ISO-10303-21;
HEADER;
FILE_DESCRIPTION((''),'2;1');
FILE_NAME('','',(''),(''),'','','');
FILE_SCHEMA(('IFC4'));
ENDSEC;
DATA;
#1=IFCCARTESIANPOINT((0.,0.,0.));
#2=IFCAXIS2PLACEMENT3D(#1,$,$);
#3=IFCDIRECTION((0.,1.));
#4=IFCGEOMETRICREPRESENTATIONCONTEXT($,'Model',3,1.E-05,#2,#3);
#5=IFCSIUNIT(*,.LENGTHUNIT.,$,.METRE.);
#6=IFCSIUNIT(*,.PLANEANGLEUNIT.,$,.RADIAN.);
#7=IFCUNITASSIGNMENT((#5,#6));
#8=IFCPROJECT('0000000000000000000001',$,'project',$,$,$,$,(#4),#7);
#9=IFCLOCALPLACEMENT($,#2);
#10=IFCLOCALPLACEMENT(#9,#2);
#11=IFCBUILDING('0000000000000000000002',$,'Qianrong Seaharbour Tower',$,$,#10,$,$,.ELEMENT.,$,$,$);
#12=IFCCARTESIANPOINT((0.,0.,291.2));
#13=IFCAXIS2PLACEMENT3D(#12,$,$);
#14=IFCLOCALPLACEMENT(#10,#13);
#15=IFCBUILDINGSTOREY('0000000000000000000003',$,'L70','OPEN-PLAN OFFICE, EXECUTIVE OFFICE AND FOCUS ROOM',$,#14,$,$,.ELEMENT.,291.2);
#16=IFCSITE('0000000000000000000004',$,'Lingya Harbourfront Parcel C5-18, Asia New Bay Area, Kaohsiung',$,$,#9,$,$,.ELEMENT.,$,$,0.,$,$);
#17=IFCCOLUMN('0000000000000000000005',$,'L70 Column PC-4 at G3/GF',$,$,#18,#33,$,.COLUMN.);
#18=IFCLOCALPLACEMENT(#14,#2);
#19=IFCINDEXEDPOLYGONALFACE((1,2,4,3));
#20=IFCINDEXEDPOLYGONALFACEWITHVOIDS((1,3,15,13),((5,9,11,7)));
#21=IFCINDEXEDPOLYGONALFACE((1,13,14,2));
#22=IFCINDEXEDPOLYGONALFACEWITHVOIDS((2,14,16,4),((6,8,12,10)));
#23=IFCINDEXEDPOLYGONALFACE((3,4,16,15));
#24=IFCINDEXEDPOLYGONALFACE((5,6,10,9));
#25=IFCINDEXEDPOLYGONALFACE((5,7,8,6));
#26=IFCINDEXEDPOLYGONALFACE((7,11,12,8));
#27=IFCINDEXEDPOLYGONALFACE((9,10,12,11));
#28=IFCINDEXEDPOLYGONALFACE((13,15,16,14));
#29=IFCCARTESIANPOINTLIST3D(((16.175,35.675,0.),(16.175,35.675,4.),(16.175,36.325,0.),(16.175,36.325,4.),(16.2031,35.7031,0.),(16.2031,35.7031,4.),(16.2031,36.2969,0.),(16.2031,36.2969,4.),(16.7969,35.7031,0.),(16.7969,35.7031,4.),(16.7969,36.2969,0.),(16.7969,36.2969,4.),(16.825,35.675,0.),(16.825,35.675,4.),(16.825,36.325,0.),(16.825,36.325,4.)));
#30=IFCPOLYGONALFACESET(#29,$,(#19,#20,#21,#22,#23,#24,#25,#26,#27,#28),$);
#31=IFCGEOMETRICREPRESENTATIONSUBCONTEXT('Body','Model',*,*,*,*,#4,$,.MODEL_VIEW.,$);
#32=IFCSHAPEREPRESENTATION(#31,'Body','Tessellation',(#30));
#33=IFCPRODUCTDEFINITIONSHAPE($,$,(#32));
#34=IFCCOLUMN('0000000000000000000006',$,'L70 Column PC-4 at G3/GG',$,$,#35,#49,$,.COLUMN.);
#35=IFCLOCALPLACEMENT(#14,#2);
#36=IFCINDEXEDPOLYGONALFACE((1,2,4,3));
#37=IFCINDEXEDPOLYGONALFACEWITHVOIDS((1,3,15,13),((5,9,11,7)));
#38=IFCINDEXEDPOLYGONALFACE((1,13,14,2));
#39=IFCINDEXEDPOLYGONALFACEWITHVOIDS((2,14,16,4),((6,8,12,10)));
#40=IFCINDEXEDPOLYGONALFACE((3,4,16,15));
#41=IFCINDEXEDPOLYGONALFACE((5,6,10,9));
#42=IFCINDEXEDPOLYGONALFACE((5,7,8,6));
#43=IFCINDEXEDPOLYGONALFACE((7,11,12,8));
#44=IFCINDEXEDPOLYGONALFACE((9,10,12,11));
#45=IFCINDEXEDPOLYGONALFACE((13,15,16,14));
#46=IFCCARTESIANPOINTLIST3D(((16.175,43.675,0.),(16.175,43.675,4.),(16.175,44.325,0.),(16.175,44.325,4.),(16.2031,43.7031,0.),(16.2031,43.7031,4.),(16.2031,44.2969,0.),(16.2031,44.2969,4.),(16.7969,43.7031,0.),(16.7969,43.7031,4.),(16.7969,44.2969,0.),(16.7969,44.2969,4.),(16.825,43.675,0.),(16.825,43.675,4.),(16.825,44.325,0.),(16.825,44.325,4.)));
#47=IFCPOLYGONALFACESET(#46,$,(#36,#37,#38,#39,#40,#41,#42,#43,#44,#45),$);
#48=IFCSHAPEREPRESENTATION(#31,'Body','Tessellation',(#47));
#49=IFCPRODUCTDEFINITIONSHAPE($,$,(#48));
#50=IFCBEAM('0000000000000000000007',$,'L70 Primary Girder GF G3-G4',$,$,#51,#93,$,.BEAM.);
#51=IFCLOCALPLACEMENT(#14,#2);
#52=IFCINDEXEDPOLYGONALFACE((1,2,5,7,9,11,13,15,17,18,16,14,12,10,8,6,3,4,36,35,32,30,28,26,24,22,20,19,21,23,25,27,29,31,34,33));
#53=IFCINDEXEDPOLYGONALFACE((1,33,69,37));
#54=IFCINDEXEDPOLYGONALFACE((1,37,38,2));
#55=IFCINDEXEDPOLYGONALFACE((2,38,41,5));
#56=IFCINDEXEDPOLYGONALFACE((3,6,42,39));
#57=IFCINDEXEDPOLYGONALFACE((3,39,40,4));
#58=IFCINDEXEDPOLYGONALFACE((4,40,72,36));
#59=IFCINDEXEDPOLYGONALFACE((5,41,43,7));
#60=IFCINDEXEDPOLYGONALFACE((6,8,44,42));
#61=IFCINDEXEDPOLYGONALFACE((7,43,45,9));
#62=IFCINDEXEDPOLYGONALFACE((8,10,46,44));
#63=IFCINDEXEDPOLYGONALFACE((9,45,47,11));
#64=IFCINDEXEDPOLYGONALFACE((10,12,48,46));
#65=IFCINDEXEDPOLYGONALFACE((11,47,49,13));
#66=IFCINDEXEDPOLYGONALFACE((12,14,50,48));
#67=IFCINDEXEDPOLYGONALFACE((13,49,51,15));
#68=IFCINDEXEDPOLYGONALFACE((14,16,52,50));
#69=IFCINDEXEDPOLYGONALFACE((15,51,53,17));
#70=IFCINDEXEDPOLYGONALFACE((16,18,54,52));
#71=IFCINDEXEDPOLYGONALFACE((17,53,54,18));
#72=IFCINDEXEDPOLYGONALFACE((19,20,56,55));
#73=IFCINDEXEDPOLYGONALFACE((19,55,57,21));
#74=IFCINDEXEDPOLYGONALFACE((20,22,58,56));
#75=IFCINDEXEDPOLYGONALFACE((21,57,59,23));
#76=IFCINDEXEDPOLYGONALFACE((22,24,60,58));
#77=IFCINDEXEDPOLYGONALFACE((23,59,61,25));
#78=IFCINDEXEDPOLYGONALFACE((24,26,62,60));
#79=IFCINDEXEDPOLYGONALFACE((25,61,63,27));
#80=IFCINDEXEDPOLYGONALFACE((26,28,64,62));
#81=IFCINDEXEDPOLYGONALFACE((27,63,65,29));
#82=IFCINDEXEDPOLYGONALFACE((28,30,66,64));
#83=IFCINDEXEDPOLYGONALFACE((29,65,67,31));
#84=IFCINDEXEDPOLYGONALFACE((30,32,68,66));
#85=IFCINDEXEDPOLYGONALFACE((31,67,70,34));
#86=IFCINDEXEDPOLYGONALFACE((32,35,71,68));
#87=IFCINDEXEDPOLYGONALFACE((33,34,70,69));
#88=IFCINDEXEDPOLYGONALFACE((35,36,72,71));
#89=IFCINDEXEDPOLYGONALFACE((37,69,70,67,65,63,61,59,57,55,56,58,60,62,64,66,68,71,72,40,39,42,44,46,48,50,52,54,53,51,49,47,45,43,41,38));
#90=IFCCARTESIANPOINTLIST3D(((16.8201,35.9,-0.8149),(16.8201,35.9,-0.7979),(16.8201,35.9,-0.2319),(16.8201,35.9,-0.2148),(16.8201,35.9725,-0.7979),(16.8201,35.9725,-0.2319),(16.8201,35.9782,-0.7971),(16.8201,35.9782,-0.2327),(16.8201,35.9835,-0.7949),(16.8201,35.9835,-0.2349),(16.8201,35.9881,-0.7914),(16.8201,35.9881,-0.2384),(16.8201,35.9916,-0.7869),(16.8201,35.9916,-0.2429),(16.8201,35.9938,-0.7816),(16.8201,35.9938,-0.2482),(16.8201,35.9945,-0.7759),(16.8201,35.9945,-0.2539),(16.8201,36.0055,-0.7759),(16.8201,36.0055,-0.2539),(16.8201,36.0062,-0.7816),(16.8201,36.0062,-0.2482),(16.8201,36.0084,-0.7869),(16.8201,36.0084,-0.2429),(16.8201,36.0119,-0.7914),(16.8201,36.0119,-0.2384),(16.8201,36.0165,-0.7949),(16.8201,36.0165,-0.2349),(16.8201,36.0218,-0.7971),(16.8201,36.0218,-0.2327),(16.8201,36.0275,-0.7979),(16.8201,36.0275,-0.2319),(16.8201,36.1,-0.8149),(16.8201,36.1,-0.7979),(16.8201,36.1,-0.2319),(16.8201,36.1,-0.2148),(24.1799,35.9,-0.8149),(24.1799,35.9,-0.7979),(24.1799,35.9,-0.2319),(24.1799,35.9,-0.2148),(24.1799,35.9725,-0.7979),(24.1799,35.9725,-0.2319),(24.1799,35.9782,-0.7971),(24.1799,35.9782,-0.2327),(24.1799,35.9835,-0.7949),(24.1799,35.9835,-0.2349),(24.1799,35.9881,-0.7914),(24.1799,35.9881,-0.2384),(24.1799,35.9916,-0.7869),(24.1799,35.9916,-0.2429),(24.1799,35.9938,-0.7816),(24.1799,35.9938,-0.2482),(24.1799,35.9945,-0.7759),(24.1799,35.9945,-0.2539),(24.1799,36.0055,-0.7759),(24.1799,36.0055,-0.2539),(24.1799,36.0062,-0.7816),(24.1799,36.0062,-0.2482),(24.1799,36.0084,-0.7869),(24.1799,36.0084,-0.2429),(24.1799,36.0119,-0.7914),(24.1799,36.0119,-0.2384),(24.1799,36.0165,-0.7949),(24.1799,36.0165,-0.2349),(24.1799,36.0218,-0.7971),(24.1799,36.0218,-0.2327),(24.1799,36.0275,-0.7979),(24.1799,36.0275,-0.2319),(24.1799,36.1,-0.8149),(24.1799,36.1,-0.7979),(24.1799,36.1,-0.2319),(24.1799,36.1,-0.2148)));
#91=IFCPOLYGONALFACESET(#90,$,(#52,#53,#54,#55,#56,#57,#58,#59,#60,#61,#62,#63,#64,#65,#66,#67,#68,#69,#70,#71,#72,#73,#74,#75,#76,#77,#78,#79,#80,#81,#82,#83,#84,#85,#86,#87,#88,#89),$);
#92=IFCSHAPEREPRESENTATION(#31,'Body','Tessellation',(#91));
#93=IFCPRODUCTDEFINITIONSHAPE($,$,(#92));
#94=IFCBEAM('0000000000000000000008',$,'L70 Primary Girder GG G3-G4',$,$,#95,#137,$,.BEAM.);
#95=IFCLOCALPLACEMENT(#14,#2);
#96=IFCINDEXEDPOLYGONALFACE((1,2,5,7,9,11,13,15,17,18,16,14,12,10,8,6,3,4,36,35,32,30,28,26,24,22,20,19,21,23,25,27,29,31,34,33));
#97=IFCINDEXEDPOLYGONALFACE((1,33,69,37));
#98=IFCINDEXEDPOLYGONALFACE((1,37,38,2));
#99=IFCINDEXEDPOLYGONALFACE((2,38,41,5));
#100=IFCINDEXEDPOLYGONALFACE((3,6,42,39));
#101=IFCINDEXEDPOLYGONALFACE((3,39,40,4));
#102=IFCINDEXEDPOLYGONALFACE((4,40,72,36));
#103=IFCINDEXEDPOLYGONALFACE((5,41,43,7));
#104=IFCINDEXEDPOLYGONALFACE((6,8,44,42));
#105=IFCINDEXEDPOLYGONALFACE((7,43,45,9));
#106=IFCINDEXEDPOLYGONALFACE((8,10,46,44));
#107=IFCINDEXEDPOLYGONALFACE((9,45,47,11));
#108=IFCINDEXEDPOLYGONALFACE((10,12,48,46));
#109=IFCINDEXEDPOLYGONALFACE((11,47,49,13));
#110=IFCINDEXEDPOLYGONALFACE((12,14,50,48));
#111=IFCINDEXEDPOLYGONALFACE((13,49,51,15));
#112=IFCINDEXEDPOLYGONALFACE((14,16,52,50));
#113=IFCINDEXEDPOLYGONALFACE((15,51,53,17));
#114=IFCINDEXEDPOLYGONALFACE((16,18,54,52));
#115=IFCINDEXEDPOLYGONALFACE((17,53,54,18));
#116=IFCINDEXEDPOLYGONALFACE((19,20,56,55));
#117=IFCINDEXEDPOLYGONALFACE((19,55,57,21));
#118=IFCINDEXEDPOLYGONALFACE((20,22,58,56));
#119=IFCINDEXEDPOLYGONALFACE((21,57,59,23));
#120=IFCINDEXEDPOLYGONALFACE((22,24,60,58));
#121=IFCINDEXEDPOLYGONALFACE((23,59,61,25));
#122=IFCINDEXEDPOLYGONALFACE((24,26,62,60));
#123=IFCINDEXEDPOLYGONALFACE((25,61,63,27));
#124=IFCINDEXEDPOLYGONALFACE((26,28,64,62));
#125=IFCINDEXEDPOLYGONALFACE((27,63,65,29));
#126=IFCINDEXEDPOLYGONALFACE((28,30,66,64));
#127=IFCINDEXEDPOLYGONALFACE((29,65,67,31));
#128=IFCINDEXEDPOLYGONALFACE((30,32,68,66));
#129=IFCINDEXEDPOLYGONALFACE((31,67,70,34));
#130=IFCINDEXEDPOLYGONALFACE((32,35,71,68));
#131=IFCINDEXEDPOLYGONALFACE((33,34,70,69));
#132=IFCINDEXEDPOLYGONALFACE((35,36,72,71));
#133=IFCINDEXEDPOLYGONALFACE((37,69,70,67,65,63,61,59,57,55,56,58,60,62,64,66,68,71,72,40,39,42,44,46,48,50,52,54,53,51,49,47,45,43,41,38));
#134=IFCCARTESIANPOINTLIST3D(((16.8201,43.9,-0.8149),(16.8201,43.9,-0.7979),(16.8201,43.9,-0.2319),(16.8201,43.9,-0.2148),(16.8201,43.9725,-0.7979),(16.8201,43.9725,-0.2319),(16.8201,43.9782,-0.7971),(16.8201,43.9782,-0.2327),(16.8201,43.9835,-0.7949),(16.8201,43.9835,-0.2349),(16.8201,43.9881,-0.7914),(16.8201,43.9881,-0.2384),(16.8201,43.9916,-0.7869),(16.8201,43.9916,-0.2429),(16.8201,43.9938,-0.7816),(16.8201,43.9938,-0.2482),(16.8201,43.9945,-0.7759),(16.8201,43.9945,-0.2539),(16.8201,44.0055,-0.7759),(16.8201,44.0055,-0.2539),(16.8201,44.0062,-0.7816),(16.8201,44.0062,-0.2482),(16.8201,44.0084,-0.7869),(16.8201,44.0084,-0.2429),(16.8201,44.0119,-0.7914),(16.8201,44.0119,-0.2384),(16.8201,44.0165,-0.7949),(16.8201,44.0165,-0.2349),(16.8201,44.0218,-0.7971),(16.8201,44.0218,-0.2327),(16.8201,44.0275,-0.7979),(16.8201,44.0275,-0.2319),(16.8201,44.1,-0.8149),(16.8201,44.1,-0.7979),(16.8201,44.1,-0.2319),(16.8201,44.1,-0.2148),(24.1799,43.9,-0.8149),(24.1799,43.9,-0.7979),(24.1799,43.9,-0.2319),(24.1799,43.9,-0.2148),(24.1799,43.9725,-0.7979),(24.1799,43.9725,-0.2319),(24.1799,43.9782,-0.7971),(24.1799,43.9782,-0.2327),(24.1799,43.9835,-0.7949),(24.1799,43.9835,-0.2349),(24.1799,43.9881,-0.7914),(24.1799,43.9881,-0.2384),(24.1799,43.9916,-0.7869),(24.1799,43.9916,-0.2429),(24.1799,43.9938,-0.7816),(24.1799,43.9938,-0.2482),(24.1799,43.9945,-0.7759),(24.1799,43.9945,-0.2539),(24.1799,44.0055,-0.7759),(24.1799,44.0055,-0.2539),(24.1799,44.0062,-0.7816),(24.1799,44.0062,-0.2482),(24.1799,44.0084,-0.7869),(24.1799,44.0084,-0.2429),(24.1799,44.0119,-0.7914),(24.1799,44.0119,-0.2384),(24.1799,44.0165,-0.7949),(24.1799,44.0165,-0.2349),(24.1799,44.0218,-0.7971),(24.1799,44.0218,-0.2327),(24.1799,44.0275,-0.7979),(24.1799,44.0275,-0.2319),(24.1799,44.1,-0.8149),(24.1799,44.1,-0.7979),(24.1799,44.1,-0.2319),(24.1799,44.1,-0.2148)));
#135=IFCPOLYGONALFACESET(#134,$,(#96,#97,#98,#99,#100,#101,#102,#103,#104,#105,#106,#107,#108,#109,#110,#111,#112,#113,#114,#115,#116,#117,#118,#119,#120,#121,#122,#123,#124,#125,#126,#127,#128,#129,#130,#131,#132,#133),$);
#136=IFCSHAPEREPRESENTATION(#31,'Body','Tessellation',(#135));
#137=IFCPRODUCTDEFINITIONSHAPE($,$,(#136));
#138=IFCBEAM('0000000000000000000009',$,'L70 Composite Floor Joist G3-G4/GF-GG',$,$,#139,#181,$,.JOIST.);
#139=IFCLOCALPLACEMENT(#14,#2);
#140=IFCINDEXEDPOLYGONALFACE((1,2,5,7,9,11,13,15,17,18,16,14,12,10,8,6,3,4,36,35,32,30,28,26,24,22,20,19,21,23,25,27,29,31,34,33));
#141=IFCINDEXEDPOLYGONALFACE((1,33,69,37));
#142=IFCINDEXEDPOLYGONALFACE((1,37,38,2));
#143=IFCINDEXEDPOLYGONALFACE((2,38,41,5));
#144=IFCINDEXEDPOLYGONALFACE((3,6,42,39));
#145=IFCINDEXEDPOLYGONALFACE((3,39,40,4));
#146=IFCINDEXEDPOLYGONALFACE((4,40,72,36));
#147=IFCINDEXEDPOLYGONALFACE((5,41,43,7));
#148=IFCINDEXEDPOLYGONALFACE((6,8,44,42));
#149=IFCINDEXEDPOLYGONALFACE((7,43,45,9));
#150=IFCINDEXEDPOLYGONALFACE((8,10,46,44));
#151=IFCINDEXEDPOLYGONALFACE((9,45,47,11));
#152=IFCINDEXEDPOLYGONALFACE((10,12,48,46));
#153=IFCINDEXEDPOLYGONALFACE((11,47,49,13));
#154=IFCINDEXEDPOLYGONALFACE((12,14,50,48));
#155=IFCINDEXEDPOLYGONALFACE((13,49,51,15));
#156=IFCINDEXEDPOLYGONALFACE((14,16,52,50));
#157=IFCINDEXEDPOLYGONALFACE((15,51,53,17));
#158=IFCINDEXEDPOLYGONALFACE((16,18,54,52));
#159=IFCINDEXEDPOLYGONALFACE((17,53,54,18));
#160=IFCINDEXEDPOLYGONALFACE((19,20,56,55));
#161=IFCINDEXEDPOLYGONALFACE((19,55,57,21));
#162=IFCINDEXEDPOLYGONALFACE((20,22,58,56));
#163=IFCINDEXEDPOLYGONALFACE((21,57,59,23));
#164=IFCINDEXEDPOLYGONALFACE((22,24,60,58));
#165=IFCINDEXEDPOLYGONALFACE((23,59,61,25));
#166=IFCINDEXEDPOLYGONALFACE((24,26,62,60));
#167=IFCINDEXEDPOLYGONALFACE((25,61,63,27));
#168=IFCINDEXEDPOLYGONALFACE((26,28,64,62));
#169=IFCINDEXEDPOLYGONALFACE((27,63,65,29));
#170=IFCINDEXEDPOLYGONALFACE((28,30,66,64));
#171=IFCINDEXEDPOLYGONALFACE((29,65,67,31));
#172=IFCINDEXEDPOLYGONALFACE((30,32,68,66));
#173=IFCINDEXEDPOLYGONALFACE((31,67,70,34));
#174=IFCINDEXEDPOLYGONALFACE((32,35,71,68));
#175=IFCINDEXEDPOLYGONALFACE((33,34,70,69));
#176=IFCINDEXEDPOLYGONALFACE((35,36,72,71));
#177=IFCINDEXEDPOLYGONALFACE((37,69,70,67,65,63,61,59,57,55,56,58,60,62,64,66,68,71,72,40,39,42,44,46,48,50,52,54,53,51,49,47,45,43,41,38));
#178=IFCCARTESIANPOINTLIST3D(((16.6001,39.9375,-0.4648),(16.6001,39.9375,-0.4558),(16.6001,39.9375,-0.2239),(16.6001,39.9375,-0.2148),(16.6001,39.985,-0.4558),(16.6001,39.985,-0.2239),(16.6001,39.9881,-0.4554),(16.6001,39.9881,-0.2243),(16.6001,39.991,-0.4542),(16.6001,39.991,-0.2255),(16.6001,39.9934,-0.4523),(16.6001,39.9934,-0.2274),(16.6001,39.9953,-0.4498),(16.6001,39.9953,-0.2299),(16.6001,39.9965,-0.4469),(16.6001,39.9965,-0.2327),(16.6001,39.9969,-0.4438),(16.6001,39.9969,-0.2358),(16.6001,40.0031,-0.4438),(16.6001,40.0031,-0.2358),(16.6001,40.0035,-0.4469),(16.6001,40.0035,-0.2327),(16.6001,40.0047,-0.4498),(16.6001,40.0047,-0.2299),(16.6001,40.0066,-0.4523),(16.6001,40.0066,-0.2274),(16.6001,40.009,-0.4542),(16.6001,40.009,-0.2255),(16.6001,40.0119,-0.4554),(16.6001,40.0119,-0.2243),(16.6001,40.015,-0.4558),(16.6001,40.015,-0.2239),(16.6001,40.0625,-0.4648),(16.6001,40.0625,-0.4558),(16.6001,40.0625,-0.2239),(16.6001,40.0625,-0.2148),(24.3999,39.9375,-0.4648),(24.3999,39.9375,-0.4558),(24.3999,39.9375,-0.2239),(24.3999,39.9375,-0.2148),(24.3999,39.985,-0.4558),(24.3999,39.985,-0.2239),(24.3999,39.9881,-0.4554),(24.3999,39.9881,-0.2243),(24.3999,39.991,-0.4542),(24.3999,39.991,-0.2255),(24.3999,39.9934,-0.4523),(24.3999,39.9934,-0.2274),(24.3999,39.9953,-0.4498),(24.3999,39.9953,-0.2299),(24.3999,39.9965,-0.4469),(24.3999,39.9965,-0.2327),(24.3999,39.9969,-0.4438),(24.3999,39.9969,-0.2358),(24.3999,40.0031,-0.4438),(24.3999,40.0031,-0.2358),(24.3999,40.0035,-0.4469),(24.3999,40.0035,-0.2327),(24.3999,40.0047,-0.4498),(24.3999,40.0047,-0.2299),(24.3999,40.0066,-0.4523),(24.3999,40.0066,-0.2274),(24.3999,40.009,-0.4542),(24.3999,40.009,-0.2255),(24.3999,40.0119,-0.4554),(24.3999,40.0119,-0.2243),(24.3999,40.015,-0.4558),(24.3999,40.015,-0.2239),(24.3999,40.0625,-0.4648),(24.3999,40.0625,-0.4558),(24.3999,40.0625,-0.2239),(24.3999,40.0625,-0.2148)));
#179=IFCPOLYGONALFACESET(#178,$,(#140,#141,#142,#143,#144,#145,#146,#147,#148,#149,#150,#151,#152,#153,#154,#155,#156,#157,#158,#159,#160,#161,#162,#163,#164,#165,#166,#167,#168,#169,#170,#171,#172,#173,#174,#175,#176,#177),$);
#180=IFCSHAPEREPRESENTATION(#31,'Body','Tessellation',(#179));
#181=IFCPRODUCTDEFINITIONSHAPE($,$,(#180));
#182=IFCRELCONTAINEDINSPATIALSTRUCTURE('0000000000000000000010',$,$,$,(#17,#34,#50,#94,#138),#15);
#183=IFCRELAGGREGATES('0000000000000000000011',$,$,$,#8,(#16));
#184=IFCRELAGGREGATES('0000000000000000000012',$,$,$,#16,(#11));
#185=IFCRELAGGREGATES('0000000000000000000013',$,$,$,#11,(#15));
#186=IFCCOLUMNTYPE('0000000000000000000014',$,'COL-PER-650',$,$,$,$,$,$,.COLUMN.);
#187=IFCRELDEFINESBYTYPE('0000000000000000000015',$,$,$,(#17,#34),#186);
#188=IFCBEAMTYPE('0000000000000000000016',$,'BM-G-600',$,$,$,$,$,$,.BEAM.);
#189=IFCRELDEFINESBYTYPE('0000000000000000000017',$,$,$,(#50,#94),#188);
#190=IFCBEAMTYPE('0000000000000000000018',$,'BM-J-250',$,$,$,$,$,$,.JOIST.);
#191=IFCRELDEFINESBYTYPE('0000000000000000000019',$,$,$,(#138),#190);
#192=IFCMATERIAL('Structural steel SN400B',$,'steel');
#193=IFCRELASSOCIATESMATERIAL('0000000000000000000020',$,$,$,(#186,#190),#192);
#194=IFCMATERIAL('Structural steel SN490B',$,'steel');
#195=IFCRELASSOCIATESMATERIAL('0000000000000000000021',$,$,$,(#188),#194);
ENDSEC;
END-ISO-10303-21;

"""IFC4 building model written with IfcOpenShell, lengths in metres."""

from ifc_helpers import new_model, si_unit, direction, frame, origin, origin_2d, place, context, subcontext, project, spatial, hollow_rectangle, i_section, extrude, material, material_profile, profile_set, type_object, element, save


model = new_model("IFC4")

# Units and contexts
model_context = context("Model", 3, precision=1e-05, world=origin(), true_north=direction((0.0, 1.0)))
body_context = subcontext(model_context, "Body", "Model", "MODEL_VIEW")
ifc_project = project(units=[si_unit("LENGTHUNIT", "METRE"), si_unit("PLANEANGLEUNIT", "RADIAN")], contexts=[model_context])

# Site, building, storey
site_placement = place(None, origin())
site = spatial("IfcSite", under=ifc_project, at=site_placement, Name="Lingya Harbourfront Parcel C5-18, Asia New Bay Area, Kaohsiung", CompositionType="ELEMENT", RefElevation=0.0)
building_placement = place(site_placement, origin())
building = spatial("IfcBuilding", under=site, at=building_placement, Name="Qianrong Seaharbour Tower", CompositionType="ELEMENT")
storey_placement = place(building_placement, frame((0.0, 0.0, 291.2)))
storey = spatial("IfcBuildingStorey", under=building, at=storey_placement, Name="L70", Description="OPEN-PLAN OFFICE, EXECUTIVE OFFICE AND FOCUS ROOM", CompositionType="ELEMENT", Elevation=291.2)

# Columns
ifc_material_1 = material(Name="Structural steel SN400B", Category="steel")
ifc_material_profile_1 = material_profile(ifc_material_1, hollow_rectangle(XDim=0.6499, YDim=0.6499, WallThickness=0.0281, at=origin_2d()), Name="BOX650x650x28")
ifc_profile_set_1 = profile_set([ifc_material_profile_1], Name="Structural steel SN400B")
column_type = type_object("IfcColumnType", Name="COL-PER-650", PredefinedType="COLUMN", material=ifc_profile_set_1)
for number, where, z_axis, x_axis, name in (
    (1, (16.5, 36.0, 0.0), (0.0, 0.0, 1.0), (1.0, 0.0, 0.0), "L70 Column PC-4 at G3/GF"),
    (2, (16.5, 44.0, 0.0), (0.0, 0.0, 1.0), (1.0, 0.0, 0.0), "L70 Column PC-4 at G3/GG"),
):
    element("IfcColumn", number, at=place(storey_placement, frame(where, z_axis=z_axis, x_axis=x_axis)), inside=storey, type_object=column_type, Name=name, PredefinedType="COLUMN", context=body_context, shape_type="SweptSolid", body=[
        extrude(hollow_rectangle(XDim=0.6499, YDim=0.6499, WallThickness=0.0281, at=origin_2d()), origin(), (0.0, 0.0, 1.0), 4.0),
    ])

# Beams
ifc_material_2 = material(Name="Structural steel SN490B", Category="steel")
ifc_material_profile_2 = material_profile(ifc_material_2, i_section(OverallWidth=0.2, OverallDepth=0.6001, WebThickness=0.011, FlangeThickness=0.0171, FilletRadius=0.022, at=origin_2d()), Name="H600x200x11x17")
ifc_profile_set_2 = profile_set([ifc_material_profile_2], Name="Structural steel SN490B")
beam_type_1 = type_object("IfcBeamType", Name="BM-G-600", PredefinedType="BEAM", material=ifc_profile_set_2)
for number, where, z_axis, x_axis, name in (
    (3, (16.8201, 36.0, -0.5149), (1.0, 0.0, 0.0), (0.0, 1.0, 0.0), "L70 Primary Girder GF G3-G4"),
    (4, (16.8201, 44.0, -0.5149), (1.0, 0.0, 0.0), (0.0, 1.0, 0.0), "L70 Primary Girder GG G3-G4"),
):
    element("IfcBeam", number, at=place(storey_placement, frame(where, z_axis=z_axis, x_axis=x_axis)), inside=storey, type_object=beam_type_1, Name=name, PredefinedType="BEAM", context=body_context, shape_type="SweptSolid", body=[
        extrude(i_section(OverallWidth=0.2, OverallDepth=0.6001, WebThickness=0.011, FlangeThickness=0.0171, FilletRadius=0.022, at=origin_2d()), origin(), (0.0, 0.0, 1.0), 7.3599),
    ])
ifc_material_profile_3 = material_profile(ifc_material_1, i_section(OverallWidth=0.125, OverallDepth=0.25, WebThickness=0.0061, FlangeThickness=0.009, FilletRadius=0.012, at=origin_2d()), Name="H250x125x6x9")
ifc_profile_set_3 = profile_set([ifc_material_profile_3], Name="Structural steel SN400B")
beam_type_2 = type_object("IfcBeamType", Name="BM-J-250", PredefinedType="JOIST", material=ifc_profile_set_3)
beam_1_placement = place(storey_placement, frame((16.6001, 40.0, -0.3398), z_axis=(1.0, 0.0, 0.0), x_axis=(0.0, 1.0, 0.0)))
element("IfcBeam", 5, at=beam_1_placement, inside=storey, type_object=beam_type_2, Name="L70 Composite Floor Joist G3-G4/GF-GG", PredefinedType="JOIST", context=body_context, shape_type="SweptSolid", body=[
    extrude(i_section(OverallWidth=0.125, OverallDepth=0.25, WebThickness=0.0061, FlangeThickness=0.009, FilletRadius=0.012, at=origin_2d()), origin(), (0.0, 0.0, 1.0), 7.7998),
])

save(model, "model.ifc")
